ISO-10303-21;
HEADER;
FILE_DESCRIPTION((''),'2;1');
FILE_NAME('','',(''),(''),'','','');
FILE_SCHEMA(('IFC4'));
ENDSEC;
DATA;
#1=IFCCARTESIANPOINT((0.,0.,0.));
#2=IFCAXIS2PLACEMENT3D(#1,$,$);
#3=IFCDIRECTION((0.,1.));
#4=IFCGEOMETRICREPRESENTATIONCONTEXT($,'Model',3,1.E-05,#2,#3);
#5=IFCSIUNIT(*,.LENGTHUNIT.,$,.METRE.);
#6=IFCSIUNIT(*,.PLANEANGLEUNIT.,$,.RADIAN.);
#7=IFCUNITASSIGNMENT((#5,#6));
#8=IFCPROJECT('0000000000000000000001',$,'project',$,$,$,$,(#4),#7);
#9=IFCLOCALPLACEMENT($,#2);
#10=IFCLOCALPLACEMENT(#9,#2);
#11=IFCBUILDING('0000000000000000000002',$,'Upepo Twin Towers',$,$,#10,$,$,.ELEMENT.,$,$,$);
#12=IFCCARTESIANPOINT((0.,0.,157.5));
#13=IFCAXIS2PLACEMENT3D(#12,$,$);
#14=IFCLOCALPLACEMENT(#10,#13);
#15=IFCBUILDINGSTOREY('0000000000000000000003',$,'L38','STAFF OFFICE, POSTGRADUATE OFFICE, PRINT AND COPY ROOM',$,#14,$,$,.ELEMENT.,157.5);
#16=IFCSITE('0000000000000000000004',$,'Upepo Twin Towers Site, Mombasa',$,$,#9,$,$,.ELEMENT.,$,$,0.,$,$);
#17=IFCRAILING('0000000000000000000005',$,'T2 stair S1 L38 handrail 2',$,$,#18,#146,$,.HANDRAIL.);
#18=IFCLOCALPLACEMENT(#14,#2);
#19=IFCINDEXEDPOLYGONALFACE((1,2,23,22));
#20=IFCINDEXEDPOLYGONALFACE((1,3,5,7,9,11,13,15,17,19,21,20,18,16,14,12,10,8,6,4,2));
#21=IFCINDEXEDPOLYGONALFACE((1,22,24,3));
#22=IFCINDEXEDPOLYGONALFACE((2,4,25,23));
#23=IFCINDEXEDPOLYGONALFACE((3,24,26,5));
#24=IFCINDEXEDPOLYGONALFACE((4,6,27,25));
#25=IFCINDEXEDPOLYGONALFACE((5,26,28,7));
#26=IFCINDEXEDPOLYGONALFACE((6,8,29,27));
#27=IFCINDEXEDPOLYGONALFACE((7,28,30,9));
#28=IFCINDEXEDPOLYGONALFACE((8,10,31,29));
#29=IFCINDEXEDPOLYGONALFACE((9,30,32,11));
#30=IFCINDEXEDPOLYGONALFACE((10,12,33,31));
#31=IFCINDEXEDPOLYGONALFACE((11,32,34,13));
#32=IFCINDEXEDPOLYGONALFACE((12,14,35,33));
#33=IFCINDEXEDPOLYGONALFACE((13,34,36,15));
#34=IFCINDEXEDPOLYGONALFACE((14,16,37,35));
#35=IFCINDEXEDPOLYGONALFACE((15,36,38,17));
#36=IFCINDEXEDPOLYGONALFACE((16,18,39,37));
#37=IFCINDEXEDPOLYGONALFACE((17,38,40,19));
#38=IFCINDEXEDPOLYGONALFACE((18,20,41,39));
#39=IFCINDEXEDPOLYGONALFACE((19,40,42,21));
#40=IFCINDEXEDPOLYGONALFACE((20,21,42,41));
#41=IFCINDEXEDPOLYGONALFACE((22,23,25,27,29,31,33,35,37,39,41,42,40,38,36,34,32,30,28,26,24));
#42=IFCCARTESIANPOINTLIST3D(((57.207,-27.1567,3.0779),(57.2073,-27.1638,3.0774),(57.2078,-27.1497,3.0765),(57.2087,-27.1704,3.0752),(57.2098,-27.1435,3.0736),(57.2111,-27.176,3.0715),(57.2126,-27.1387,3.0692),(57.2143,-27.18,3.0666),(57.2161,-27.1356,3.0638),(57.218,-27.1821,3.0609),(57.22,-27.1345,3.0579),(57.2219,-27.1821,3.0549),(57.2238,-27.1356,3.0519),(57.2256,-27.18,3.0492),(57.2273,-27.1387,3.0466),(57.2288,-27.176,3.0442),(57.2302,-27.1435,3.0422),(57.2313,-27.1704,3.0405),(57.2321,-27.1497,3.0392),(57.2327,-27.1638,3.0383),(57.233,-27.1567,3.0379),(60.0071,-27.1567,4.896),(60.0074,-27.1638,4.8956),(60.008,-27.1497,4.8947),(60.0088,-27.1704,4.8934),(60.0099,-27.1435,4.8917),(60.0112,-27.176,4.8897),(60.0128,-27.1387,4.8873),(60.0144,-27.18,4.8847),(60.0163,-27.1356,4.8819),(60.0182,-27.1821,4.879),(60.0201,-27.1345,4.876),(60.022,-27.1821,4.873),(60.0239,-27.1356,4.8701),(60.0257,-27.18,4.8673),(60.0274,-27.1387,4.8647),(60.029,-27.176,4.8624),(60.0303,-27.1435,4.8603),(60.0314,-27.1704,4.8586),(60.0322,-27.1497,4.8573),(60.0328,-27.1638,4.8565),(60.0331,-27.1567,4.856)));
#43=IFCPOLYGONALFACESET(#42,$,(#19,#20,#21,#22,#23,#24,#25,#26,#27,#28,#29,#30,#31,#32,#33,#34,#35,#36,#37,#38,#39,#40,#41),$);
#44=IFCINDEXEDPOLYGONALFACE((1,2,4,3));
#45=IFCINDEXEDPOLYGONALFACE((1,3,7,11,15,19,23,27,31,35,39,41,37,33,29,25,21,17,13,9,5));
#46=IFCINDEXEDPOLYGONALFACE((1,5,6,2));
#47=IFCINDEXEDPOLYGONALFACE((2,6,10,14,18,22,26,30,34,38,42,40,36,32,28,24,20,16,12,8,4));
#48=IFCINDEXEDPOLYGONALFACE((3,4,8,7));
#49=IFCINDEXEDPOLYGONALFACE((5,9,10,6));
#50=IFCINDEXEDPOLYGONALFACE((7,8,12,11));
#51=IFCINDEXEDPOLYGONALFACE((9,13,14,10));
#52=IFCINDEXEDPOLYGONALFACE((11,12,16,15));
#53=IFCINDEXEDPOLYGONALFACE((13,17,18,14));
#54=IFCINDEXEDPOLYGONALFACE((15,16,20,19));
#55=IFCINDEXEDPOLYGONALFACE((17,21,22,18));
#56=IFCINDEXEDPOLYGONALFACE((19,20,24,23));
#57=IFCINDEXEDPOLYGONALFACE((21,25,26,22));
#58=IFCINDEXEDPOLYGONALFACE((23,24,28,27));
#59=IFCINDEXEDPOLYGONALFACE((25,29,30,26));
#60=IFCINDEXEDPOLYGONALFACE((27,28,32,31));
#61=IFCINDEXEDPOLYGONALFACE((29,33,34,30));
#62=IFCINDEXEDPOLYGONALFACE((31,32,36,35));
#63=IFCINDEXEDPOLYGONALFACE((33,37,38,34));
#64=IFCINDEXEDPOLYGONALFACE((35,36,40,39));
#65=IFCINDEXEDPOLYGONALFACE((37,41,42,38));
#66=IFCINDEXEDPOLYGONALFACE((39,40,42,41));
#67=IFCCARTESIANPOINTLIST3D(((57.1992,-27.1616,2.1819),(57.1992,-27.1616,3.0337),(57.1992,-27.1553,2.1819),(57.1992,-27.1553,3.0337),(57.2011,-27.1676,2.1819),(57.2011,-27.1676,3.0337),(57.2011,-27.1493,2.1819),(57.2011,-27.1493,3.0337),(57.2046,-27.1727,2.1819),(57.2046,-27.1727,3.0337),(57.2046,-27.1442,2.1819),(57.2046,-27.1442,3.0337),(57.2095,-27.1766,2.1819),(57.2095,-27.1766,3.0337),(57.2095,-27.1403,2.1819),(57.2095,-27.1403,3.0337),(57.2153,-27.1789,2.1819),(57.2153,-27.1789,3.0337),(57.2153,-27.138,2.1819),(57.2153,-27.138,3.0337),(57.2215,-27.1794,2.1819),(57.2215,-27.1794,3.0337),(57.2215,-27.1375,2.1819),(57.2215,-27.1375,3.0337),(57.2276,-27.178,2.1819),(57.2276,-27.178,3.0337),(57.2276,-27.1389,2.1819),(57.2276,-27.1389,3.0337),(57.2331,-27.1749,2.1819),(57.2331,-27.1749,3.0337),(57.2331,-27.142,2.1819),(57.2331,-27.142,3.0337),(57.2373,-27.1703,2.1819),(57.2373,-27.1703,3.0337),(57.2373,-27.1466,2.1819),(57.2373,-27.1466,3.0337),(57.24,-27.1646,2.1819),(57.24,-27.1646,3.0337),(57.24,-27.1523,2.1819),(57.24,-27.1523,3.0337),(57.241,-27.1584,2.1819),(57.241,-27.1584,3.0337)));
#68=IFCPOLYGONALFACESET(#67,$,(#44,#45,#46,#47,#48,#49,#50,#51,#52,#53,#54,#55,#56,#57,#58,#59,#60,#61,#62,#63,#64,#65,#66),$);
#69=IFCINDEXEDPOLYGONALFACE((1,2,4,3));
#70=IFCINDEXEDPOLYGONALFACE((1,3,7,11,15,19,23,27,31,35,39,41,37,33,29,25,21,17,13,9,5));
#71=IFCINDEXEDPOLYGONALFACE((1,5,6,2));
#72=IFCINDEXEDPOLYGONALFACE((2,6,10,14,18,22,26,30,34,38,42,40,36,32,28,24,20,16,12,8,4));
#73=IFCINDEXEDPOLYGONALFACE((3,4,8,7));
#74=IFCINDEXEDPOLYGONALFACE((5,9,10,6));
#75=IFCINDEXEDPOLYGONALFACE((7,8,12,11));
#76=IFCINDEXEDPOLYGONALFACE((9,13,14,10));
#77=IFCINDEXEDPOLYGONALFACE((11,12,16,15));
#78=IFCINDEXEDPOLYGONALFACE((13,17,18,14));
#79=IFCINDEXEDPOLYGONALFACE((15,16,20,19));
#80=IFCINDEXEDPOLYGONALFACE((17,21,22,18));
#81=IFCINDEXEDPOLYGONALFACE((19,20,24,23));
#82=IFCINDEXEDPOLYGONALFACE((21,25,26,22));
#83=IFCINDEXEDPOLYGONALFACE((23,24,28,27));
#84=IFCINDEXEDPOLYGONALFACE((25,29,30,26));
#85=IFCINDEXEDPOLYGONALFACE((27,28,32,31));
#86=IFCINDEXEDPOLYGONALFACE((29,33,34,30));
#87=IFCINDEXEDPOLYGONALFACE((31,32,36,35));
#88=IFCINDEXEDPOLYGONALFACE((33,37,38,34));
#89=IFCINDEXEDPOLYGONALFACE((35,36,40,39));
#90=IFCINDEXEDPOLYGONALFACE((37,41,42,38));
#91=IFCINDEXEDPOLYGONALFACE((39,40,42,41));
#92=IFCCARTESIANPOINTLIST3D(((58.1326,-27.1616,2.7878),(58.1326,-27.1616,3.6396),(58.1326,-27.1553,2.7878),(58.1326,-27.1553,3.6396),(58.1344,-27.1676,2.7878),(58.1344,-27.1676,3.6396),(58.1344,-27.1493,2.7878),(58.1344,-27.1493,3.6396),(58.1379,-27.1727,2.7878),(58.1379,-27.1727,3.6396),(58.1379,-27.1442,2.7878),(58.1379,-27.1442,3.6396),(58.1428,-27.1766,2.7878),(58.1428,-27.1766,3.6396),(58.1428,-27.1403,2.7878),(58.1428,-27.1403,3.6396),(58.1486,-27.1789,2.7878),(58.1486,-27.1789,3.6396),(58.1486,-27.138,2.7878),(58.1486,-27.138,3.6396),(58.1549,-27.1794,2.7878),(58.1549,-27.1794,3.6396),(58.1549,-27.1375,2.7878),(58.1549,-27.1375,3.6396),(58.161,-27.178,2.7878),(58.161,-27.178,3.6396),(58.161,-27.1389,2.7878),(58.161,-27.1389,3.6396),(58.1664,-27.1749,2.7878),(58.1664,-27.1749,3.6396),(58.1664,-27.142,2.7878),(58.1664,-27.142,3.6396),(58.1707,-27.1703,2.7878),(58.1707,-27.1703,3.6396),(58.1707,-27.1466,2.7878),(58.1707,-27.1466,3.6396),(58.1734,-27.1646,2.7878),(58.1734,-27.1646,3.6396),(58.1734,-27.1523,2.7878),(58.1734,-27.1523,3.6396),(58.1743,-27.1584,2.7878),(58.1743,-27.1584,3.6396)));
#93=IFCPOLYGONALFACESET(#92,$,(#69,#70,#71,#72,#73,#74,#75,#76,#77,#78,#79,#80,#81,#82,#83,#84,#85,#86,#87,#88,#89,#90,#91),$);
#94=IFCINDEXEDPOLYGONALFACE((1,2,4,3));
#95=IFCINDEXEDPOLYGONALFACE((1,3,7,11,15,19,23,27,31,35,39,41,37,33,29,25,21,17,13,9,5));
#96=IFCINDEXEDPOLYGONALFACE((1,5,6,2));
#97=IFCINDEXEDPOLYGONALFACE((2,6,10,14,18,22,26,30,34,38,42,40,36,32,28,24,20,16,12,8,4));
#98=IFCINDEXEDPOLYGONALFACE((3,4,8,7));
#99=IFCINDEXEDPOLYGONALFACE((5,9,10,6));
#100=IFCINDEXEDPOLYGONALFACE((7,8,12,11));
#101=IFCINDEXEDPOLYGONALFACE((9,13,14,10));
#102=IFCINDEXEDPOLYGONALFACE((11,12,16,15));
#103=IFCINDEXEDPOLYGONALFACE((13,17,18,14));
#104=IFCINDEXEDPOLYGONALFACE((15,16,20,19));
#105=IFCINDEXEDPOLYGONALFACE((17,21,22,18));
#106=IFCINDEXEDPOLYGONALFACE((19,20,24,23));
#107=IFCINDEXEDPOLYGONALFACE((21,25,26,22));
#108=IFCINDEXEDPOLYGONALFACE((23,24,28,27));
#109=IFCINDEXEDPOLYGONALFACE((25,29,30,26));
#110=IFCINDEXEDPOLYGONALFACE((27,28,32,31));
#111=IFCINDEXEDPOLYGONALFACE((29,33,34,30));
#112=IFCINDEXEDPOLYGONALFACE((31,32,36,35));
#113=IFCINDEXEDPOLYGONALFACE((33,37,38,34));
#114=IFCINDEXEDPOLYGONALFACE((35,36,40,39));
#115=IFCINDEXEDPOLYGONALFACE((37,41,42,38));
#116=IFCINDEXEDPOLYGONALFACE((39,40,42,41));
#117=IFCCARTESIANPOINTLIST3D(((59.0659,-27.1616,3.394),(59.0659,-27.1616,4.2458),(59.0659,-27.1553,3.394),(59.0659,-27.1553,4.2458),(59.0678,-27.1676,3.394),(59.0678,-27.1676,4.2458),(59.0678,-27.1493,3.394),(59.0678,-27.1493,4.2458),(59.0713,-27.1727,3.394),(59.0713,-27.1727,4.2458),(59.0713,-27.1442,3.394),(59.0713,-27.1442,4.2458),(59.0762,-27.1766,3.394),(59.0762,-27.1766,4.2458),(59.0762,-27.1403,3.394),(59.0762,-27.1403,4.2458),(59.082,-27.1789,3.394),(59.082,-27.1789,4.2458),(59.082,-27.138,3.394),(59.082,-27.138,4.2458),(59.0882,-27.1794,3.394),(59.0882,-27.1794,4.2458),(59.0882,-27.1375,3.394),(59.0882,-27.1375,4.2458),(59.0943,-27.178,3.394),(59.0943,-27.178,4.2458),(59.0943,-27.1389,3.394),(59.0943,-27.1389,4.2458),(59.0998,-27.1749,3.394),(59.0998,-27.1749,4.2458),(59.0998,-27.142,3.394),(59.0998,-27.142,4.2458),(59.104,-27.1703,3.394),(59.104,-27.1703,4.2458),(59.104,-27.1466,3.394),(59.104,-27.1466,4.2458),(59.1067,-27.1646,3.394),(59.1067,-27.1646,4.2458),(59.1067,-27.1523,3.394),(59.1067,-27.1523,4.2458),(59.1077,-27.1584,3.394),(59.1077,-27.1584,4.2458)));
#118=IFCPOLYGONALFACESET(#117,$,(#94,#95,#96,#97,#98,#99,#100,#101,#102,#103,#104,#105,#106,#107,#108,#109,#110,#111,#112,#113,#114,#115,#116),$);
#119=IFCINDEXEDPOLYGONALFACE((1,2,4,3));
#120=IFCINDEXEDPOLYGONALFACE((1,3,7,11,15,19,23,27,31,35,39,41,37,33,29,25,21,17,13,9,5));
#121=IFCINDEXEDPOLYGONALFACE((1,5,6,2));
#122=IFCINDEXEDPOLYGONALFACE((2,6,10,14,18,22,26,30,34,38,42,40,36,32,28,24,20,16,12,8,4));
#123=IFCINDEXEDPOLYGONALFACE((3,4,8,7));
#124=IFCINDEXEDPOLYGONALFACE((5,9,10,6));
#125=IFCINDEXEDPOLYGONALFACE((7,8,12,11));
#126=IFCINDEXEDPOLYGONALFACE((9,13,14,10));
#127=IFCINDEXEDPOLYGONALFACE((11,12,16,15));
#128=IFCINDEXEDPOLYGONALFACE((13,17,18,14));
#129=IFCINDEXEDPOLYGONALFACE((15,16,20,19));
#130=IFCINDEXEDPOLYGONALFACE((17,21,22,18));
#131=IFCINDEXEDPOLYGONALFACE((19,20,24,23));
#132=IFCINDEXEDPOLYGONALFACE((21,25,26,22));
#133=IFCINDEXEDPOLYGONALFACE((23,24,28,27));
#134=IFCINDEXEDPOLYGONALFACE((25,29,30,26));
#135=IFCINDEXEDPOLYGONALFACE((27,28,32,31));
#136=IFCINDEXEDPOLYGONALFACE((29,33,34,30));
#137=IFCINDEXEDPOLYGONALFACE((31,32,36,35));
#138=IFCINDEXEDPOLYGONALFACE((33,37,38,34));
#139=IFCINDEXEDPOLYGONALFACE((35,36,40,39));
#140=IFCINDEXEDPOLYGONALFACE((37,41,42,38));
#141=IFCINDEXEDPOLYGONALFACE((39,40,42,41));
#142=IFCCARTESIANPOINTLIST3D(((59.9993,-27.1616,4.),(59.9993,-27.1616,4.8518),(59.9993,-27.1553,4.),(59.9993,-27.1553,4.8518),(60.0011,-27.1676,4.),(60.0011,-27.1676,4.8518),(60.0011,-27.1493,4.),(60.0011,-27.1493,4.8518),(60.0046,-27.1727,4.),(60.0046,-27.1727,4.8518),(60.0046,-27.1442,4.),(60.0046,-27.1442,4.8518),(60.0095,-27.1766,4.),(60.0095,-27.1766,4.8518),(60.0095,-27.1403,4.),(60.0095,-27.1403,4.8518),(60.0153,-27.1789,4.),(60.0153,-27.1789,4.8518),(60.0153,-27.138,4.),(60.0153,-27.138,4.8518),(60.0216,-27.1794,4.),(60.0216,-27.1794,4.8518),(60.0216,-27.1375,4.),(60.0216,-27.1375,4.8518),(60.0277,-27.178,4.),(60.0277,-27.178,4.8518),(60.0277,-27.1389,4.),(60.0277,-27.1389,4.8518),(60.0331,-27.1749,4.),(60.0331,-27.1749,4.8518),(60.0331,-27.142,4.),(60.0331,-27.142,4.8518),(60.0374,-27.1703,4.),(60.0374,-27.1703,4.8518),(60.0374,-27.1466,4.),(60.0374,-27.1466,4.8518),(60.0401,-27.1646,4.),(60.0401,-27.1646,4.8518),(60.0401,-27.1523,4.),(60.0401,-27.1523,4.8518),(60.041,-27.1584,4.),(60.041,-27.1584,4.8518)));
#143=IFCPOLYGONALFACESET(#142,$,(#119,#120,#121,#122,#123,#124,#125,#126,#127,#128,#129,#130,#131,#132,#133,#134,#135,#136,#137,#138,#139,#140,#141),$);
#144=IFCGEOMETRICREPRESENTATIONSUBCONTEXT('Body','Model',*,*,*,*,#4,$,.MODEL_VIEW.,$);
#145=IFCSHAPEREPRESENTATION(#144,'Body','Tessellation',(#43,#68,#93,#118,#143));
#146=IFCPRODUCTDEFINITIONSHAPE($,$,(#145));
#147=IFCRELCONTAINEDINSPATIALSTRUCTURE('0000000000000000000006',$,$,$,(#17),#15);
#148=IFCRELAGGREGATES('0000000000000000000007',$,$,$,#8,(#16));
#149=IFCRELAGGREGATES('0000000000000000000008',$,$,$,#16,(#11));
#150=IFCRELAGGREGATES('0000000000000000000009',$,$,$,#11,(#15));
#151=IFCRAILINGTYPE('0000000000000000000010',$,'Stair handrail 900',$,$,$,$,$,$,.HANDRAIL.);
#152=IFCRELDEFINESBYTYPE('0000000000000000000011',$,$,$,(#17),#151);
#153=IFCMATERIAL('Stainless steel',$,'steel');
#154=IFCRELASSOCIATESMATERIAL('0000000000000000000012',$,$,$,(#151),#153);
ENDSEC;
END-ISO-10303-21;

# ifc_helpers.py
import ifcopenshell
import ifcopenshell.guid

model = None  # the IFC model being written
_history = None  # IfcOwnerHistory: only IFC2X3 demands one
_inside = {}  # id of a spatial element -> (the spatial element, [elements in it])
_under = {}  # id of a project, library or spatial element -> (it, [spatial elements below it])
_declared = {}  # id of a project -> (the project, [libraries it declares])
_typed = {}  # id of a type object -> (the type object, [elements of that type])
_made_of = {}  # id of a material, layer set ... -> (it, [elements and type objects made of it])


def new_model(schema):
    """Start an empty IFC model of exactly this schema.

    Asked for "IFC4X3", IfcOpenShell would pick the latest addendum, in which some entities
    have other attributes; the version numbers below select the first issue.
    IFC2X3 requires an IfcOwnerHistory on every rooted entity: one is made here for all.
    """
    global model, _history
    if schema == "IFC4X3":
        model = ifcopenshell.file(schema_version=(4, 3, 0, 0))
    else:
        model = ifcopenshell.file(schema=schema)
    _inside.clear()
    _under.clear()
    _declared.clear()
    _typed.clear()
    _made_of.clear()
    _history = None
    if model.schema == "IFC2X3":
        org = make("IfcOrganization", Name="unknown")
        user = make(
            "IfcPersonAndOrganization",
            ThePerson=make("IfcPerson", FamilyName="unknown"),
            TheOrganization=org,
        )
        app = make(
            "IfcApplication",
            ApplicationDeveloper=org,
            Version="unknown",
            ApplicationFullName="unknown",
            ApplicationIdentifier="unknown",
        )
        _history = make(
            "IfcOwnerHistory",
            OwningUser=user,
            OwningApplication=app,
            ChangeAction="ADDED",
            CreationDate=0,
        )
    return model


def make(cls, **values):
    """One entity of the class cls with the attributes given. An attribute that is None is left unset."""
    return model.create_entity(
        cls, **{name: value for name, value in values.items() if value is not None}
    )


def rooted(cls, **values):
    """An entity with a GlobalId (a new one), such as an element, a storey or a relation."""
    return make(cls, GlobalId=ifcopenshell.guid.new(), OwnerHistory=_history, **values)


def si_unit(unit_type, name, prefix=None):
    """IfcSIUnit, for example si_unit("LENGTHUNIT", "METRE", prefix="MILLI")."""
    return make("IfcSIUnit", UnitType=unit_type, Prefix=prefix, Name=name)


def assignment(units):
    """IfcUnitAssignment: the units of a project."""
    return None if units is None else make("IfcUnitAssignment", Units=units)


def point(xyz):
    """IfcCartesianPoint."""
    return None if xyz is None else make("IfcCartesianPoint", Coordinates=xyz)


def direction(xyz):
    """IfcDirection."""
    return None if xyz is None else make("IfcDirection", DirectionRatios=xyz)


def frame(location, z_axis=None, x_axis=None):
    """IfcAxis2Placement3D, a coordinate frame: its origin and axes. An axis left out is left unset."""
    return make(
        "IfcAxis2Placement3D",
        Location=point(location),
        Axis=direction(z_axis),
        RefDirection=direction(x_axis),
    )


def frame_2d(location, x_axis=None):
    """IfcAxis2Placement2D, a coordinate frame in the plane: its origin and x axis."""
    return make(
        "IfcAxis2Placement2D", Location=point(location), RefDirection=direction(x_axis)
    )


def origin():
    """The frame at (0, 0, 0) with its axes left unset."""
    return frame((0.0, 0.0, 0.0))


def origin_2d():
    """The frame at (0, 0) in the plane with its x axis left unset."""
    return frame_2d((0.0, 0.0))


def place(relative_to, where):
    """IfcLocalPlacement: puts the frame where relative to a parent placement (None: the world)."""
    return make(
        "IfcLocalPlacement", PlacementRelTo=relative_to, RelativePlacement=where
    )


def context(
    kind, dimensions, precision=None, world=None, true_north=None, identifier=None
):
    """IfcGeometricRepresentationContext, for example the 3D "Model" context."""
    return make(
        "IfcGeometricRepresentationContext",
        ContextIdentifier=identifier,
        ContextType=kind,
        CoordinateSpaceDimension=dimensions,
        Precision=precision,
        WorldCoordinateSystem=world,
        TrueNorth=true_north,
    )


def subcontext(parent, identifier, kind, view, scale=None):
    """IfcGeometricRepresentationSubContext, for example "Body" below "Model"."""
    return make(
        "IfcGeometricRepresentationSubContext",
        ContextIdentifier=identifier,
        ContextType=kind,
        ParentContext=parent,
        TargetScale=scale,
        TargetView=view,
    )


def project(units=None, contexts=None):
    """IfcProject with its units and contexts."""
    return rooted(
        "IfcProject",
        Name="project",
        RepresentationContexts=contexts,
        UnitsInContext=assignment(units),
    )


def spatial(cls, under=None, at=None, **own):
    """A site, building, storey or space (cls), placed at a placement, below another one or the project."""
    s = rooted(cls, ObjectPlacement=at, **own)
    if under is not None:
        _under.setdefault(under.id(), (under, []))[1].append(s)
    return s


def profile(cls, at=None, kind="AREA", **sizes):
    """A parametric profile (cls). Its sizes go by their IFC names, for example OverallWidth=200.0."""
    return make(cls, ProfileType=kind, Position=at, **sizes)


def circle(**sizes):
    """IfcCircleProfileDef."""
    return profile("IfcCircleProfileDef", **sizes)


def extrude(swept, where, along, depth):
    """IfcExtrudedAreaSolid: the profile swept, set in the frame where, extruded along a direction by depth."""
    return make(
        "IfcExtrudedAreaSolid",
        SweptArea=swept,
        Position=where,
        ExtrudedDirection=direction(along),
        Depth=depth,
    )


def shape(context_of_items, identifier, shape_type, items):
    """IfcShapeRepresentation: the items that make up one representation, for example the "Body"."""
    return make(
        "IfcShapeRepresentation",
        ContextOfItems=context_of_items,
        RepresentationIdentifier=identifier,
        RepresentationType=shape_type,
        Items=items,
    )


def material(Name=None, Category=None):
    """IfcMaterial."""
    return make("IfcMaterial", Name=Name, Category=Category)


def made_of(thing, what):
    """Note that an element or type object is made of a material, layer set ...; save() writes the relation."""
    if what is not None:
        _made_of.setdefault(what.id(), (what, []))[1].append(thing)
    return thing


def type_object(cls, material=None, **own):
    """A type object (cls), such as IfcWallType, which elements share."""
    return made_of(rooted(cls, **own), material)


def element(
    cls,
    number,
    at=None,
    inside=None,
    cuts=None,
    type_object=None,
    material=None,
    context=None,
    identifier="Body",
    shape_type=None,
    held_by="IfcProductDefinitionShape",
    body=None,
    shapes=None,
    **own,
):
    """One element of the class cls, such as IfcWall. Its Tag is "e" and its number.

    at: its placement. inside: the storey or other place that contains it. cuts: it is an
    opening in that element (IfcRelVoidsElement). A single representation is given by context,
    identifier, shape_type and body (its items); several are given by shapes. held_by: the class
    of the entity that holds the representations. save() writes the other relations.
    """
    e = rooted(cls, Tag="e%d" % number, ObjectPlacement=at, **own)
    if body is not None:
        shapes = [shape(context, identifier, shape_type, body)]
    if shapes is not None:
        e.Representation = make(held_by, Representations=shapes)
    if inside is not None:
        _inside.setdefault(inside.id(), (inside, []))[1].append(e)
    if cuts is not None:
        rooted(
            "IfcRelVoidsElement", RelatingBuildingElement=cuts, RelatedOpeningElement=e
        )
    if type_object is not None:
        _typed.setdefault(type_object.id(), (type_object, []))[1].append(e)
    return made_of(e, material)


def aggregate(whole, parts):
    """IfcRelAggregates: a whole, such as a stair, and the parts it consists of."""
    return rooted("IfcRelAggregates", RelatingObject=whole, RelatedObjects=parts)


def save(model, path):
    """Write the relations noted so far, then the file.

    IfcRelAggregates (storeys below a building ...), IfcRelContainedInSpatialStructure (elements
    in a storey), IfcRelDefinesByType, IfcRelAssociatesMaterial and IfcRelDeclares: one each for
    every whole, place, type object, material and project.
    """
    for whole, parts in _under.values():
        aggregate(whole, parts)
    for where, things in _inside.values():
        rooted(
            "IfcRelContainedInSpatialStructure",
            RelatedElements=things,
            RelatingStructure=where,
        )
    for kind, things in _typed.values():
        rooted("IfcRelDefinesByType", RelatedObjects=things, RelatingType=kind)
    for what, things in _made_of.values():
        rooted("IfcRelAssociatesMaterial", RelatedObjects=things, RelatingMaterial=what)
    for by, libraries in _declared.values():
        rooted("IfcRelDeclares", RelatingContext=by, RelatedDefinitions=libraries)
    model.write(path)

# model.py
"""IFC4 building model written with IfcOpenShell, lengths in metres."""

from ifc_helpers import new_model, si_unit, direction, frame, origin, origin_2d, place, context, subcontext, project, spatial, circle, extrude, material, type_object, element, save


model = new_model("IFC4")

# Units and contexts
model_context = context("Model", 3, precision=1e-05, world=origin(), true_north=direction((0.0, 1.0)))
body_context = subcontext(model_context, "Body", "Model", "MODEL_VIEW")
ifc_project = project(units=[si_unit("LENGTHUNIT", "METRE"), si_unit("PLANEANGLEUNIT", "RADIAN")], contexts=[model_context])

# Site, building, storey
site_placement = place(None, origin())
site = spatial("IfcSite", under=ifc_project, at=site_placement, Name="Upepo Twin Towers Site, Mombasa", CompositionType="ELEMENT", RefElevation=0.0)
building_placement = place(site_placement, origin())
building = spatial("IfcBuilding", under=site, at=building_placement, Name="Upepo Twin Towers", CompositionType="ELEMENT")
storey_placement = place(building_placement, frame((0.0, 0.0, 157.5)))
storey = spatial("IfcBuildingStorey", under=building, at=storey_placement, Name="L38", Description="STAFF OFFICE, POSTGRADUATE OFFICE, PRINT AND COPY ROOM", CompositionType="ELEMENT", Elevation=157.5)

# Railing
ifc_material_1 = material(Name="Stainless steel", Category="steel")
railing_type = type_object("IfcRailingType", Name="Stair handrail 900", PredefinedType="HANDRAIL", material=ifc_material_1)
railing_1_placement = place(storey_placement, frame((57.22, -27.1584, 2.1819)))
element("IfcRailing", 1, at=railing_1_placement, inside=storey, type_object=railing_type, Name="T2 stair S1 L38 handrail 2", PredefinedType="HANDRAIL", context=body_context, shape_type="SweptSolid", body=[
    extrude(circle(Radius=0.0239, at=origin_2d()), frame((0.0, 0.0, 0.876), z_axis=(0.838706, 0.0, 0.544585), x_axis=(0.0, 1.0, 0.0)), (0.0, 0.0, 1.0), 3.3386),
    extrude(circle(Radius=0.021, at=origin_2d()), origin(), (0.0, 0.0, 1.0), 0.8518),
    extrude(circle(Radius=0.021, at=origin_2d()), frame((0.9333, 0.0, 0.606)), (0.0, 0.0, 1.0), 0.8518),
    extrude(circle(Radius=0.021, at=origin_2d()), frame((1.8667, 0.0, 1.2122)), (0.0, 0.0, 1.0), 0.8518),
    extrude(circle(Radius=0.021, at=origin_2d()), frame((2.8, 0.0, 1.8181)), (0.0, 0.0, 1.0), 0.8518),
])

save(model, "model.ifc")
